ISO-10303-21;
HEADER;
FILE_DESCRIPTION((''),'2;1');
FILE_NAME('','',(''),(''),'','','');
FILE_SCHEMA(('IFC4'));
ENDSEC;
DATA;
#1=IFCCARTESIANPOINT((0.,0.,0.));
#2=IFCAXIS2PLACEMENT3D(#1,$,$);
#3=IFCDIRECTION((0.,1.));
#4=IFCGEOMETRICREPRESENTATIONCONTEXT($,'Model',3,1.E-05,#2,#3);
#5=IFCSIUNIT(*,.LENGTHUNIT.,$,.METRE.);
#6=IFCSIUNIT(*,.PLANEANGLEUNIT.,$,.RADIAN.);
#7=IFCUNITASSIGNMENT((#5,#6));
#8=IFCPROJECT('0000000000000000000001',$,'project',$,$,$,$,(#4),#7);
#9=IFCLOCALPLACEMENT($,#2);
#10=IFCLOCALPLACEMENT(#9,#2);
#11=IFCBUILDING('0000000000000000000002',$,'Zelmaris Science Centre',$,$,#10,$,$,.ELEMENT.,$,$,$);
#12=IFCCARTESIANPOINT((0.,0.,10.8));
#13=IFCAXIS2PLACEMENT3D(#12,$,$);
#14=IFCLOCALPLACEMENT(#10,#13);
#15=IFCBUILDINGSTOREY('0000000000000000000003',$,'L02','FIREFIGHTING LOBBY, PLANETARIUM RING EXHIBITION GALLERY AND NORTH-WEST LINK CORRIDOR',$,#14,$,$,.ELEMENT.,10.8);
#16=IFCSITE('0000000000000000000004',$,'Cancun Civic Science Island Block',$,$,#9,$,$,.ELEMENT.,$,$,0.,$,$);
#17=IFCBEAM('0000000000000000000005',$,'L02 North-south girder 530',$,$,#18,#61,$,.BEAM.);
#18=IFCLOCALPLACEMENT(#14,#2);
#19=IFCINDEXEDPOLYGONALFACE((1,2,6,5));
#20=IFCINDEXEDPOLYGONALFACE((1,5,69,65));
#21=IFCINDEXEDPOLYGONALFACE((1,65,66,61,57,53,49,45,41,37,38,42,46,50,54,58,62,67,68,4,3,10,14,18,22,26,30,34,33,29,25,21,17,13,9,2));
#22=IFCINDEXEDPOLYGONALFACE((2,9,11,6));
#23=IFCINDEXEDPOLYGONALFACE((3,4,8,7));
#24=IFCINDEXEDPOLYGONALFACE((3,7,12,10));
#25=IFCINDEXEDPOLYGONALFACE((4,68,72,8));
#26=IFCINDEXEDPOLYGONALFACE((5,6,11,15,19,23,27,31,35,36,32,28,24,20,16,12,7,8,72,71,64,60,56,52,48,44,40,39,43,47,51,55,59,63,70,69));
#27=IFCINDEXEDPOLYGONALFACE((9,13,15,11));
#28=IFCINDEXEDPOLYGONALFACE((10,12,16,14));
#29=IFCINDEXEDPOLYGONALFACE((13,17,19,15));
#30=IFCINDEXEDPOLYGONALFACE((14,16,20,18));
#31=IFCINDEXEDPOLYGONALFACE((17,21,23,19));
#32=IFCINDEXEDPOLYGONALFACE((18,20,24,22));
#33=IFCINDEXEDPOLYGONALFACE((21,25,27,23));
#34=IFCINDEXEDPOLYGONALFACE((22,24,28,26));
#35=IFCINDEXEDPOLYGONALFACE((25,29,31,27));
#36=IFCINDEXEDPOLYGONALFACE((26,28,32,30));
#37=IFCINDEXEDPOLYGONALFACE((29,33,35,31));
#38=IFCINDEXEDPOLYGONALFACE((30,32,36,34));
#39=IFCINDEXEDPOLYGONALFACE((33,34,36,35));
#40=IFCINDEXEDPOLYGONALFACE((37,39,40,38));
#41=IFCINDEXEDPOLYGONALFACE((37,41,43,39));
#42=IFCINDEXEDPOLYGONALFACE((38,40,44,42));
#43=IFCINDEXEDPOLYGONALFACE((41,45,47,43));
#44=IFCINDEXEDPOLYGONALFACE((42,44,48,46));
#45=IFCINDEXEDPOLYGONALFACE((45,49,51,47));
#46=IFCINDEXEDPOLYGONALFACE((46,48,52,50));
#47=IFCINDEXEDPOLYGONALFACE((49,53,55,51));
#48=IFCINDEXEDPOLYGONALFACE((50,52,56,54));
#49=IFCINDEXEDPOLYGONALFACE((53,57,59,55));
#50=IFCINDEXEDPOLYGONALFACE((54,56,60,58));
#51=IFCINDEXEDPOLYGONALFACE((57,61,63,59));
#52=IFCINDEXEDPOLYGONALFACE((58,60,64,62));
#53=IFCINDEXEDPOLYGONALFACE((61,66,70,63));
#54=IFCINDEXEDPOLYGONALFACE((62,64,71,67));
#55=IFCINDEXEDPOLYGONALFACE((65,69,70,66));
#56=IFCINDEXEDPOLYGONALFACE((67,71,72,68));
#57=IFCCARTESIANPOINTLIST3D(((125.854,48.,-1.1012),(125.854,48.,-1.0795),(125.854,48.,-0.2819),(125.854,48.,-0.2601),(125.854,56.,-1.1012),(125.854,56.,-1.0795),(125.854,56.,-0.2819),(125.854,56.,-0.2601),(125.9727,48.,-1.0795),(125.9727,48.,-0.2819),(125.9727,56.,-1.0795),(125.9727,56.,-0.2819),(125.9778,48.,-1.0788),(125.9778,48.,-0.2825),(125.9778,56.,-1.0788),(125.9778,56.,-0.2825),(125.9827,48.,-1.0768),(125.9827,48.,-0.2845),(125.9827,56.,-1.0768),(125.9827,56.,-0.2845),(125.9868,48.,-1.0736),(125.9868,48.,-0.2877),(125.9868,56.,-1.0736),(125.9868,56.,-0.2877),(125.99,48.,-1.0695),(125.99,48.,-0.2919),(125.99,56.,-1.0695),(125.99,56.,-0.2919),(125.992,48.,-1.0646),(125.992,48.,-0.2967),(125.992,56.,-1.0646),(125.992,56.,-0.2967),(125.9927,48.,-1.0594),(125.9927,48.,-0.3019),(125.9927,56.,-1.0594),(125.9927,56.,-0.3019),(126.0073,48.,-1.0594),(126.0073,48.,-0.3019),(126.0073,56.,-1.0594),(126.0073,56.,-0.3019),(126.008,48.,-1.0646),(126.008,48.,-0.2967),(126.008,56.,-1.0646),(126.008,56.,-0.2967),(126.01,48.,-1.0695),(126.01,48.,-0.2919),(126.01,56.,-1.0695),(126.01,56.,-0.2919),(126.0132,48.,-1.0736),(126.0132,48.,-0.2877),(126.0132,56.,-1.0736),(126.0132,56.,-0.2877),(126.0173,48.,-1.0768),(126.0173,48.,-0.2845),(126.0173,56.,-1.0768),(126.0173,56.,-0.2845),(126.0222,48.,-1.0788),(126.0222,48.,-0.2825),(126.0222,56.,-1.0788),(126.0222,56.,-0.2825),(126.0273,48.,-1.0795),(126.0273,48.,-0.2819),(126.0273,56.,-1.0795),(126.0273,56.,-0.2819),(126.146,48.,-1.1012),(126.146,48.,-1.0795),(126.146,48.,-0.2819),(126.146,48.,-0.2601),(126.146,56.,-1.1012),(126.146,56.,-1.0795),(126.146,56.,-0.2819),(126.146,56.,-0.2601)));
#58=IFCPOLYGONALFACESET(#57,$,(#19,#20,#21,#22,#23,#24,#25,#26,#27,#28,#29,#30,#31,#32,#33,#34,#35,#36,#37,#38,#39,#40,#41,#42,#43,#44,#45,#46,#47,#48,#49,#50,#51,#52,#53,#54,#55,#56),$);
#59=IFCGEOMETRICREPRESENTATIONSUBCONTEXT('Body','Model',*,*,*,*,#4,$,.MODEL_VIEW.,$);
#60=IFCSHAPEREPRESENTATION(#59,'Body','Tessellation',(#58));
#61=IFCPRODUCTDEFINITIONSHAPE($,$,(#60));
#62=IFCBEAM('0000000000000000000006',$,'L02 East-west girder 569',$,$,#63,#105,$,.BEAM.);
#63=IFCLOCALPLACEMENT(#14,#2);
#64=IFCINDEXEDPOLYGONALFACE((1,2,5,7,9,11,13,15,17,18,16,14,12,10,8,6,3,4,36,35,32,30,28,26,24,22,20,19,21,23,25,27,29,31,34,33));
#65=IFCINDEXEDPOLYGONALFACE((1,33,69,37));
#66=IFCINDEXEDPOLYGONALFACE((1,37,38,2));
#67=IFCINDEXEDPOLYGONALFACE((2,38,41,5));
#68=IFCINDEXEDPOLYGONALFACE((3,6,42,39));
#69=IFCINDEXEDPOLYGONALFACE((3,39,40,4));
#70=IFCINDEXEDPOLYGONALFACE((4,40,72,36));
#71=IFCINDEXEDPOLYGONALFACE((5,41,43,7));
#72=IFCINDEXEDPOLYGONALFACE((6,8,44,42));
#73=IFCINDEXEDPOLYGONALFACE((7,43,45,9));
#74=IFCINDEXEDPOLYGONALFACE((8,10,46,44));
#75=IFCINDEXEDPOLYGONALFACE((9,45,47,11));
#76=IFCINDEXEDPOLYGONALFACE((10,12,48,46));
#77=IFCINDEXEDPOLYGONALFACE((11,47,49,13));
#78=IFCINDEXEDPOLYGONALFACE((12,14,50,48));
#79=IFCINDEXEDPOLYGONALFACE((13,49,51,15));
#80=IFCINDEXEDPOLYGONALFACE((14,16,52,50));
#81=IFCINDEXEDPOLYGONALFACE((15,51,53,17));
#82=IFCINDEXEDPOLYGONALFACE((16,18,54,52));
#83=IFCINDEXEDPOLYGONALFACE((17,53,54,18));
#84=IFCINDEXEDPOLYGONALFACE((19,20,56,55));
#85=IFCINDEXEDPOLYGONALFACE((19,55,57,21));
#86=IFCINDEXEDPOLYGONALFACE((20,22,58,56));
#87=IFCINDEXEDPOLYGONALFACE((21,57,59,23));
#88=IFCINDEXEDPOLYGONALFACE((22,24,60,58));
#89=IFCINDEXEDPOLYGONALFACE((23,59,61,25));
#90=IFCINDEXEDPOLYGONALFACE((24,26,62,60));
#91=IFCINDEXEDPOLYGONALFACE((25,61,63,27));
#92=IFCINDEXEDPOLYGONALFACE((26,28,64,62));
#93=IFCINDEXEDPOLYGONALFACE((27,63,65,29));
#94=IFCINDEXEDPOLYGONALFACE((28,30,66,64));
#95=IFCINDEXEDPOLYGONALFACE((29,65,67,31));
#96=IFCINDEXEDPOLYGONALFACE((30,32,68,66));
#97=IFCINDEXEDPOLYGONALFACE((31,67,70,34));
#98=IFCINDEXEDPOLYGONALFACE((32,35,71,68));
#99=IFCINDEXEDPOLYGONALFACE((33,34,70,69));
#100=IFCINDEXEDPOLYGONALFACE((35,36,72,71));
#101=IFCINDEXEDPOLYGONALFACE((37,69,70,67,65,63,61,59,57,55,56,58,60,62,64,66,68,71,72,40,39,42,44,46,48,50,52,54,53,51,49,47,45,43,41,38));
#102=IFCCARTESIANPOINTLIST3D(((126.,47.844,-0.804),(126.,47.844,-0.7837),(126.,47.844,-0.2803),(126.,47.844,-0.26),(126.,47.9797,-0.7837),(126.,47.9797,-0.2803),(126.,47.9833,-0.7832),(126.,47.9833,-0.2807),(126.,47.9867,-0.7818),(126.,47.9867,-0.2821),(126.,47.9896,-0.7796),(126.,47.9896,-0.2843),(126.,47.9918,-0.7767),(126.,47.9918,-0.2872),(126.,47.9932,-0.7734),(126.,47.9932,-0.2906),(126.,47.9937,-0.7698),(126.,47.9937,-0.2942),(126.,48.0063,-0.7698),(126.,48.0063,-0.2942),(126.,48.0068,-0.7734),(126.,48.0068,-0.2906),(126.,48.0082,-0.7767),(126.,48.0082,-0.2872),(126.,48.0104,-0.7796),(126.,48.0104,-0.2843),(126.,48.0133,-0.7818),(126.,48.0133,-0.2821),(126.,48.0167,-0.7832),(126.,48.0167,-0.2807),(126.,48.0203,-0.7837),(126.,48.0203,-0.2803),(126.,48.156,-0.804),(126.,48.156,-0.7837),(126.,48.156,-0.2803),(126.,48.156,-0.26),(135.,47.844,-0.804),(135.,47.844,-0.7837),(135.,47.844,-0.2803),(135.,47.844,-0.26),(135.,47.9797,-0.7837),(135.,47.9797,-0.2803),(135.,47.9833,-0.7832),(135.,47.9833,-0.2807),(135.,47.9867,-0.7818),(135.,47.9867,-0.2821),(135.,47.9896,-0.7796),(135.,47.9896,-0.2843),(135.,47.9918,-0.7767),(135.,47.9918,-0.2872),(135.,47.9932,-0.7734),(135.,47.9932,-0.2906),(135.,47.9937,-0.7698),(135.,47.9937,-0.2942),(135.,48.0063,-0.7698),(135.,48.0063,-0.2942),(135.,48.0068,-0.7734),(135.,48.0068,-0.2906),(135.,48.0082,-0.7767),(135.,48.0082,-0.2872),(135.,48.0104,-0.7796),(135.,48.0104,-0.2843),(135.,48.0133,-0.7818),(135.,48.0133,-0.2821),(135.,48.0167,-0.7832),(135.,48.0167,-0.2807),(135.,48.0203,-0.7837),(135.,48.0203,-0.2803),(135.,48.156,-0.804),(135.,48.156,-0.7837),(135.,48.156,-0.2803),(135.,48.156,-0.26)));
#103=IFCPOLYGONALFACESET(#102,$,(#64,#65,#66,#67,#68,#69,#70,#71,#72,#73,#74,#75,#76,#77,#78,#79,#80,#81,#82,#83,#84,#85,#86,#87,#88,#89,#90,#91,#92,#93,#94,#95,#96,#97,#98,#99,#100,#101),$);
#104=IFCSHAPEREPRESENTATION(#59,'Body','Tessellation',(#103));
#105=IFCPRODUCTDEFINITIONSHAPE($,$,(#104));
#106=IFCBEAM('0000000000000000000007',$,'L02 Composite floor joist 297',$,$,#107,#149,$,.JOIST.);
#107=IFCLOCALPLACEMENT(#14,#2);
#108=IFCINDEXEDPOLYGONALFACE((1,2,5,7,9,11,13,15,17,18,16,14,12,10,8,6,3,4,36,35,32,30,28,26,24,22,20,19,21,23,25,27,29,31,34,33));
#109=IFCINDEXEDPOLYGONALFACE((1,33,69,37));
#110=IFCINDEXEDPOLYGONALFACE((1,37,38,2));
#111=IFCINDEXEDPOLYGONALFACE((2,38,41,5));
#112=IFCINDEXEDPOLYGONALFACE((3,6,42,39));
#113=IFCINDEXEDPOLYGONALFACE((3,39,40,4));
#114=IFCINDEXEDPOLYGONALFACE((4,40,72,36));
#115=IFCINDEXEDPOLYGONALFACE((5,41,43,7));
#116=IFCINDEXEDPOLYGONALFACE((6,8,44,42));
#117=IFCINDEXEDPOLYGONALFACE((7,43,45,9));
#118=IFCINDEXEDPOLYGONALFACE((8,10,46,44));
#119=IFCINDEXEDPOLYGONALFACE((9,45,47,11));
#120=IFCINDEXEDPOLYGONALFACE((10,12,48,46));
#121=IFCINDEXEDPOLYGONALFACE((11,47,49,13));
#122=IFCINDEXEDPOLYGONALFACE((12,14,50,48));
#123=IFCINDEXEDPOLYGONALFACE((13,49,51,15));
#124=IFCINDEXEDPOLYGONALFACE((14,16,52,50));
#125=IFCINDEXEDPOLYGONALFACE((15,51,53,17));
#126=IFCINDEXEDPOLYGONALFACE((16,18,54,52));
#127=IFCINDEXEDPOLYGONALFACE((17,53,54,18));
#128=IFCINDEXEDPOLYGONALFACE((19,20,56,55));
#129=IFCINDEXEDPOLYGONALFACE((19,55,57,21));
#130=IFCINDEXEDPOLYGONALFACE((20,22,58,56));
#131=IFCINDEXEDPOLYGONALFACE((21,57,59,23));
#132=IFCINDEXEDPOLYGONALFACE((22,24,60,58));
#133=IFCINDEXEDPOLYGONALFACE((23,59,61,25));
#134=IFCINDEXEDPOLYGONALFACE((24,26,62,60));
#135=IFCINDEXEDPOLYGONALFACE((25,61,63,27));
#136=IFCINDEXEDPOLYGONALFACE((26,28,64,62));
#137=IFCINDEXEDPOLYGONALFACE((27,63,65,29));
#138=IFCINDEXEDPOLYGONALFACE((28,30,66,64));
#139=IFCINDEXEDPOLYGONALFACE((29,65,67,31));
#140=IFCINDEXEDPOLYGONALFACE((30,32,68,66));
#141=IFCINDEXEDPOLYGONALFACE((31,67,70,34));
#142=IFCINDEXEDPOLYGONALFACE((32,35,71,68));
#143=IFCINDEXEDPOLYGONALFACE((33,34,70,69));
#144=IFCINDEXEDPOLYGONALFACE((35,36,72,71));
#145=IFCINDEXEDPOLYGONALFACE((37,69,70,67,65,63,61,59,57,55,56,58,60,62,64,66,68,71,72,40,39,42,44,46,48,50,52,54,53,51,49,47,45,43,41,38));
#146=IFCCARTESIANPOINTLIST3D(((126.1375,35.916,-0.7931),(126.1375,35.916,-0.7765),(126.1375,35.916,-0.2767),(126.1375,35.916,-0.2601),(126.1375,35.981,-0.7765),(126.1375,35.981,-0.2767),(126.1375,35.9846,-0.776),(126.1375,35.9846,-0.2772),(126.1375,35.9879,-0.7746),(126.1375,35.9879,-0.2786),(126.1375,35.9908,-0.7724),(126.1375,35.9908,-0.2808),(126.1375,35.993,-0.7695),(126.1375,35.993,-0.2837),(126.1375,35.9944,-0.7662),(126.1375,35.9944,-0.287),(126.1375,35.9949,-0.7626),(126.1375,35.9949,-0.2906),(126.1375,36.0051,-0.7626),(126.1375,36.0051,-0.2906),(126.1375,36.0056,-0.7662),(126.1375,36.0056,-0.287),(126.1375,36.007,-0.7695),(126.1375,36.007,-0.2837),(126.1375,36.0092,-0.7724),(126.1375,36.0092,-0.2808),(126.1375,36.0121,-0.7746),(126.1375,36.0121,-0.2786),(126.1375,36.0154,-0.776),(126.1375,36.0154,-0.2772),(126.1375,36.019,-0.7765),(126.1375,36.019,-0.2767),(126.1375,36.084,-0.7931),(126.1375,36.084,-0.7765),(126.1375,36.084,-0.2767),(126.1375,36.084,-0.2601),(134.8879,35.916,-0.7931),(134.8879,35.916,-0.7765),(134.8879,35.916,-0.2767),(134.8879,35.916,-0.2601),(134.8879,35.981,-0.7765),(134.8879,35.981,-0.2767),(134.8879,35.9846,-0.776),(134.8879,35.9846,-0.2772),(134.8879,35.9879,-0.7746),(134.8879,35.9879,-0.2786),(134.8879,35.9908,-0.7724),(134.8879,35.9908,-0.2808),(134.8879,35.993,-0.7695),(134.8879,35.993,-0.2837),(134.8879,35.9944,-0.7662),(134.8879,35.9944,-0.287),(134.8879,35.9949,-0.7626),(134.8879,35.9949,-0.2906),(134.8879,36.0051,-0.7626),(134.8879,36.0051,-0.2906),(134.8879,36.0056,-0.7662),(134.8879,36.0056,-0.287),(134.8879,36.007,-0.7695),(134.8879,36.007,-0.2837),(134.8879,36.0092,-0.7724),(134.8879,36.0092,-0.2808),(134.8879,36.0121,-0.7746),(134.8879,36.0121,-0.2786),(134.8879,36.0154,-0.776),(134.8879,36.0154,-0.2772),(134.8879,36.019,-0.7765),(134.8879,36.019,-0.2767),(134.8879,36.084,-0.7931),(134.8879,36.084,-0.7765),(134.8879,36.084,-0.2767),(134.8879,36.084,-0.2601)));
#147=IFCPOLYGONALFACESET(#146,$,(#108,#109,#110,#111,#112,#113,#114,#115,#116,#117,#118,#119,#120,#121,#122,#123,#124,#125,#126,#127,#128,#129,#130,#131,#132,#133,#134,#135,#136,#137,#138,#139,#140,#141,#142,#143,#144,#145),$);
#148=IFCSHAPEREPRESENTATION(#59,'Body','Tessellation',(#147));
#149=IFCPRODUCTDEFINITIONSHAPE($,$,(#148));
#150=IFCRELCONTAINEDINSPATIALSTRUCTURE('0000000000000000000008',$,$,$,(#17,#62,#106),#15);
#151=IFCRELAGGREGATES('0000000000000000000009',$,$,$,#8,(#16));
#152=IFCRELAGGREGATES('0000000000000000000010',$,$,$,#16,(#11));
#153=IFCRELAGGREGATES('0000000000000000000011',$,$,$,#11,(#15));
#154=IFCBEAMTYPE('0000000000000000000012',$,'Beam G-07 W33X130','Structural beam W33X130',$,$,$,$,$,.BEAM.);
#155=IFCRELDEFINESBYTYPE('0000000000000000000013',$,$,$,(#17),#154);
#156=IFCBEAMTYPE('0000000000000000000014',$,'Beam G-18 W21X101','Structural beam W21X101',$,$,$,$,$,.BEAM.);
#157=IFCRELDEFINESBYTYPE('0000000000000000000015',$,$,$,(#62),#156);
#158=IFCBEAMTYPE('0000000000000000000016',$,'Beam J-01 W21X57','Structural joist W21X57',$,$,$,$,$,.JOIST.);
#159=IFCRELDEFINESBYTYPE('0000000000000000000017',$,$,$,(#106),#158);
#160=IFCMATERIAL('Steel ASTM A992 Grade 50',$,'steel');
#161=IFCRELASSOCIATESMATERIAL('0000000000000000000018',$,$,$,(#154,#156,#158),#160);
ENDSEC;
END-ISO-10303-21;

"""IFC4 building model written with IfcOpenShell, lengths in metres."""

from ifc_helpers import new_model, si_unit, direction, frame, origin, origin_2d, place, context, subcontext, project, spatial, i_section, extrude, material, material_profile, profile_set, type_object, element, save


model = new_model("IFC4")

# Units and contexts
model_context = context("Model", 3, precision=1e-05, world=origin(), true_north=direction((0.0, 1.0)))
body_context = subcontext(model_context, "Body", "Model", "MODEL_VIEW")
ifc_project = project(units=[si_unit("LENGTHUNIT", "METRE"), si_unit("PLANEANGLEUNIT", "RADIAN")], contexts=[model_context])

# Site, building, storey
site_placement = place(None, origin())
site = spatial("IfcSite", under=ifc_project, at=site_placement, Name="Cancun Civic Science Island Block", CompositionType="ELEMENT", RefElevation=0.0)
building_placement = place(site_placement, origin())
building = spatial("IfcBuilding", under=site, at=building_placement, Name="Zelmaris Science Centre", CompositionType="ELEMENT")
storey_placement = place(building_placement, frame((0.0, 0.0, 10.8)))
storey = spatial("IfcBuildingStorey", under=building, at=storey_placement, Name="L02", Description="FIREFIGHTING LOBBY, PLANETARIUM RING EXHIBITION GALLERY AND NORTH-WEST LINK CORRIDOR", CompositionType="ELEMENT", Elevation=10.8)

# Shared definitions
ifc_material_1 = material(Name="Steel ASTM A992 Grade 50", Category="steel")

# Beams
ifc_material_profile_1 = material_profile(ifc_material_1, i_section(OverallWidth=0.292, OverallDepth=0.8411, WebThickness=0.0146, FlangeThickness=0.0217, FilletRadius=0.02, at=origin_2d()), Name="W33X130")
ifc_profile_set_1 = profile_set([ifc_material_profile_1], Name="Steel ASTM A992 Grade 50")
beam_type_1 = type_object("IfcBeamType", Name="Beam G-07 W33X130", Description="Structural beam W33X130", PredefinedType="BEAM", material=ifc_profile_set_1)
beam_1_placement = place(storey_placement, frame((126.0, 48.0, -0.6807), z_axis=(0.0, 1.0, 0.0), x_axis=(-1.0, 0.0, 0.0)))
element("IfcBeam", 1, at=beam_1_placement, inside=storey, type_object=beam_type_1, Name="L02 North-south girder 530", PredefinedType="BEAM", context=body_context, shape_type="SweptSolid", body=[
    extrude(i_section(OverallWidth=0.292, OverallDepth=0.8411, WebThickness=0.0146, FlangeThickness=0.0217, FilletRadius=0.02, at=origin_2d()), origin(), (0.0, 0.0, 1.0), 8.0),
])
ifc_material_profile_2 = material_profile(ifc_material_1, i_section(OverallWidth=0.312, OverallDepth=0.5439, WebThickness=0.0127, FlangeThickness=0.0203, FilletRadius=0.0139, at=origin_2d()), Name="W21X101")
ifc_profile_set_2 = profile_set([ifc_material_profile_2], Name="Steel ASTM A992 Grade 50")
beam_type_2 = type_object("IfcBeamType", Name="Beam G-18 W21X101", Description="Structural beam W21X101", PredefinedType="BEAM", material=ifc_profile_set_2)
beam_2_placement = place(storey_placement, frame((126.0, 48.0, -0.532), z_axis=(1.0, 0.0, 0.0), x_axis=(0.0, 1.0, 0.0)))
element("IfcBeam", 2, at=beam_2_placement, inside=storey, type_object=beam_type_2, Name="L02 East-west girder 569", PredefinedType="BEAM", context=body_context, shape_type="SweptSolid", body=[
    extrude(i_section(OverallWidth=0.312, OverallDepth=0.5439, WebThickness=0.0127, FlangeThickness=0.0203, FilletRadius=0.0139, at=origin_2d()), origin(), (0.0, 0.0, 1.0), 9.0),
])
ifc_material_profile_3 = material_profile(ifc_material_1, i_section(OverallWidth=0.168, OverallDepth=0.533, WebThickness=0.0103, FlangeThickness=0.0166, FilletRadius=0.0139, at=origin_2d()), Name="W21X57")
ifc_profile_set_3 = profile_set([ifc_material_profile_3], Name="Steel ASTM A992 Grade 50")
beam_type_3 = type_object("IfcBeamType", Name="Beam J-01 W21X57", Description="Structural joist W21X57", PredefinedType="JOIST", material=ifc_profile_set_3)
beam_3_placement = place(storey_placement, frame((126.1375, 36.0, -0.5266), z_axis=(1.0, 0.0, 0.0), x_axis=(0.0, 1.0, 0.0)))
element("IfcBeam", 3, at=beam_3_placement, inside=storey, type_object=beam_type_3, Name="L02 Composite floor joist 297", PredefinedType="JOIST", context=body_context, shape_type="SweptSolid", body=[
    extrude(i_section(OverallWidth=0.168, OverallDepth=0.533, WebThickness=0.0103, FlangeThickness=0.0166, FilletRadius=0.0139, at=origin_2d()), origin(), (0.0, 0.0, 1.0), 8.7505),
])

save(model, "model.ifc")
